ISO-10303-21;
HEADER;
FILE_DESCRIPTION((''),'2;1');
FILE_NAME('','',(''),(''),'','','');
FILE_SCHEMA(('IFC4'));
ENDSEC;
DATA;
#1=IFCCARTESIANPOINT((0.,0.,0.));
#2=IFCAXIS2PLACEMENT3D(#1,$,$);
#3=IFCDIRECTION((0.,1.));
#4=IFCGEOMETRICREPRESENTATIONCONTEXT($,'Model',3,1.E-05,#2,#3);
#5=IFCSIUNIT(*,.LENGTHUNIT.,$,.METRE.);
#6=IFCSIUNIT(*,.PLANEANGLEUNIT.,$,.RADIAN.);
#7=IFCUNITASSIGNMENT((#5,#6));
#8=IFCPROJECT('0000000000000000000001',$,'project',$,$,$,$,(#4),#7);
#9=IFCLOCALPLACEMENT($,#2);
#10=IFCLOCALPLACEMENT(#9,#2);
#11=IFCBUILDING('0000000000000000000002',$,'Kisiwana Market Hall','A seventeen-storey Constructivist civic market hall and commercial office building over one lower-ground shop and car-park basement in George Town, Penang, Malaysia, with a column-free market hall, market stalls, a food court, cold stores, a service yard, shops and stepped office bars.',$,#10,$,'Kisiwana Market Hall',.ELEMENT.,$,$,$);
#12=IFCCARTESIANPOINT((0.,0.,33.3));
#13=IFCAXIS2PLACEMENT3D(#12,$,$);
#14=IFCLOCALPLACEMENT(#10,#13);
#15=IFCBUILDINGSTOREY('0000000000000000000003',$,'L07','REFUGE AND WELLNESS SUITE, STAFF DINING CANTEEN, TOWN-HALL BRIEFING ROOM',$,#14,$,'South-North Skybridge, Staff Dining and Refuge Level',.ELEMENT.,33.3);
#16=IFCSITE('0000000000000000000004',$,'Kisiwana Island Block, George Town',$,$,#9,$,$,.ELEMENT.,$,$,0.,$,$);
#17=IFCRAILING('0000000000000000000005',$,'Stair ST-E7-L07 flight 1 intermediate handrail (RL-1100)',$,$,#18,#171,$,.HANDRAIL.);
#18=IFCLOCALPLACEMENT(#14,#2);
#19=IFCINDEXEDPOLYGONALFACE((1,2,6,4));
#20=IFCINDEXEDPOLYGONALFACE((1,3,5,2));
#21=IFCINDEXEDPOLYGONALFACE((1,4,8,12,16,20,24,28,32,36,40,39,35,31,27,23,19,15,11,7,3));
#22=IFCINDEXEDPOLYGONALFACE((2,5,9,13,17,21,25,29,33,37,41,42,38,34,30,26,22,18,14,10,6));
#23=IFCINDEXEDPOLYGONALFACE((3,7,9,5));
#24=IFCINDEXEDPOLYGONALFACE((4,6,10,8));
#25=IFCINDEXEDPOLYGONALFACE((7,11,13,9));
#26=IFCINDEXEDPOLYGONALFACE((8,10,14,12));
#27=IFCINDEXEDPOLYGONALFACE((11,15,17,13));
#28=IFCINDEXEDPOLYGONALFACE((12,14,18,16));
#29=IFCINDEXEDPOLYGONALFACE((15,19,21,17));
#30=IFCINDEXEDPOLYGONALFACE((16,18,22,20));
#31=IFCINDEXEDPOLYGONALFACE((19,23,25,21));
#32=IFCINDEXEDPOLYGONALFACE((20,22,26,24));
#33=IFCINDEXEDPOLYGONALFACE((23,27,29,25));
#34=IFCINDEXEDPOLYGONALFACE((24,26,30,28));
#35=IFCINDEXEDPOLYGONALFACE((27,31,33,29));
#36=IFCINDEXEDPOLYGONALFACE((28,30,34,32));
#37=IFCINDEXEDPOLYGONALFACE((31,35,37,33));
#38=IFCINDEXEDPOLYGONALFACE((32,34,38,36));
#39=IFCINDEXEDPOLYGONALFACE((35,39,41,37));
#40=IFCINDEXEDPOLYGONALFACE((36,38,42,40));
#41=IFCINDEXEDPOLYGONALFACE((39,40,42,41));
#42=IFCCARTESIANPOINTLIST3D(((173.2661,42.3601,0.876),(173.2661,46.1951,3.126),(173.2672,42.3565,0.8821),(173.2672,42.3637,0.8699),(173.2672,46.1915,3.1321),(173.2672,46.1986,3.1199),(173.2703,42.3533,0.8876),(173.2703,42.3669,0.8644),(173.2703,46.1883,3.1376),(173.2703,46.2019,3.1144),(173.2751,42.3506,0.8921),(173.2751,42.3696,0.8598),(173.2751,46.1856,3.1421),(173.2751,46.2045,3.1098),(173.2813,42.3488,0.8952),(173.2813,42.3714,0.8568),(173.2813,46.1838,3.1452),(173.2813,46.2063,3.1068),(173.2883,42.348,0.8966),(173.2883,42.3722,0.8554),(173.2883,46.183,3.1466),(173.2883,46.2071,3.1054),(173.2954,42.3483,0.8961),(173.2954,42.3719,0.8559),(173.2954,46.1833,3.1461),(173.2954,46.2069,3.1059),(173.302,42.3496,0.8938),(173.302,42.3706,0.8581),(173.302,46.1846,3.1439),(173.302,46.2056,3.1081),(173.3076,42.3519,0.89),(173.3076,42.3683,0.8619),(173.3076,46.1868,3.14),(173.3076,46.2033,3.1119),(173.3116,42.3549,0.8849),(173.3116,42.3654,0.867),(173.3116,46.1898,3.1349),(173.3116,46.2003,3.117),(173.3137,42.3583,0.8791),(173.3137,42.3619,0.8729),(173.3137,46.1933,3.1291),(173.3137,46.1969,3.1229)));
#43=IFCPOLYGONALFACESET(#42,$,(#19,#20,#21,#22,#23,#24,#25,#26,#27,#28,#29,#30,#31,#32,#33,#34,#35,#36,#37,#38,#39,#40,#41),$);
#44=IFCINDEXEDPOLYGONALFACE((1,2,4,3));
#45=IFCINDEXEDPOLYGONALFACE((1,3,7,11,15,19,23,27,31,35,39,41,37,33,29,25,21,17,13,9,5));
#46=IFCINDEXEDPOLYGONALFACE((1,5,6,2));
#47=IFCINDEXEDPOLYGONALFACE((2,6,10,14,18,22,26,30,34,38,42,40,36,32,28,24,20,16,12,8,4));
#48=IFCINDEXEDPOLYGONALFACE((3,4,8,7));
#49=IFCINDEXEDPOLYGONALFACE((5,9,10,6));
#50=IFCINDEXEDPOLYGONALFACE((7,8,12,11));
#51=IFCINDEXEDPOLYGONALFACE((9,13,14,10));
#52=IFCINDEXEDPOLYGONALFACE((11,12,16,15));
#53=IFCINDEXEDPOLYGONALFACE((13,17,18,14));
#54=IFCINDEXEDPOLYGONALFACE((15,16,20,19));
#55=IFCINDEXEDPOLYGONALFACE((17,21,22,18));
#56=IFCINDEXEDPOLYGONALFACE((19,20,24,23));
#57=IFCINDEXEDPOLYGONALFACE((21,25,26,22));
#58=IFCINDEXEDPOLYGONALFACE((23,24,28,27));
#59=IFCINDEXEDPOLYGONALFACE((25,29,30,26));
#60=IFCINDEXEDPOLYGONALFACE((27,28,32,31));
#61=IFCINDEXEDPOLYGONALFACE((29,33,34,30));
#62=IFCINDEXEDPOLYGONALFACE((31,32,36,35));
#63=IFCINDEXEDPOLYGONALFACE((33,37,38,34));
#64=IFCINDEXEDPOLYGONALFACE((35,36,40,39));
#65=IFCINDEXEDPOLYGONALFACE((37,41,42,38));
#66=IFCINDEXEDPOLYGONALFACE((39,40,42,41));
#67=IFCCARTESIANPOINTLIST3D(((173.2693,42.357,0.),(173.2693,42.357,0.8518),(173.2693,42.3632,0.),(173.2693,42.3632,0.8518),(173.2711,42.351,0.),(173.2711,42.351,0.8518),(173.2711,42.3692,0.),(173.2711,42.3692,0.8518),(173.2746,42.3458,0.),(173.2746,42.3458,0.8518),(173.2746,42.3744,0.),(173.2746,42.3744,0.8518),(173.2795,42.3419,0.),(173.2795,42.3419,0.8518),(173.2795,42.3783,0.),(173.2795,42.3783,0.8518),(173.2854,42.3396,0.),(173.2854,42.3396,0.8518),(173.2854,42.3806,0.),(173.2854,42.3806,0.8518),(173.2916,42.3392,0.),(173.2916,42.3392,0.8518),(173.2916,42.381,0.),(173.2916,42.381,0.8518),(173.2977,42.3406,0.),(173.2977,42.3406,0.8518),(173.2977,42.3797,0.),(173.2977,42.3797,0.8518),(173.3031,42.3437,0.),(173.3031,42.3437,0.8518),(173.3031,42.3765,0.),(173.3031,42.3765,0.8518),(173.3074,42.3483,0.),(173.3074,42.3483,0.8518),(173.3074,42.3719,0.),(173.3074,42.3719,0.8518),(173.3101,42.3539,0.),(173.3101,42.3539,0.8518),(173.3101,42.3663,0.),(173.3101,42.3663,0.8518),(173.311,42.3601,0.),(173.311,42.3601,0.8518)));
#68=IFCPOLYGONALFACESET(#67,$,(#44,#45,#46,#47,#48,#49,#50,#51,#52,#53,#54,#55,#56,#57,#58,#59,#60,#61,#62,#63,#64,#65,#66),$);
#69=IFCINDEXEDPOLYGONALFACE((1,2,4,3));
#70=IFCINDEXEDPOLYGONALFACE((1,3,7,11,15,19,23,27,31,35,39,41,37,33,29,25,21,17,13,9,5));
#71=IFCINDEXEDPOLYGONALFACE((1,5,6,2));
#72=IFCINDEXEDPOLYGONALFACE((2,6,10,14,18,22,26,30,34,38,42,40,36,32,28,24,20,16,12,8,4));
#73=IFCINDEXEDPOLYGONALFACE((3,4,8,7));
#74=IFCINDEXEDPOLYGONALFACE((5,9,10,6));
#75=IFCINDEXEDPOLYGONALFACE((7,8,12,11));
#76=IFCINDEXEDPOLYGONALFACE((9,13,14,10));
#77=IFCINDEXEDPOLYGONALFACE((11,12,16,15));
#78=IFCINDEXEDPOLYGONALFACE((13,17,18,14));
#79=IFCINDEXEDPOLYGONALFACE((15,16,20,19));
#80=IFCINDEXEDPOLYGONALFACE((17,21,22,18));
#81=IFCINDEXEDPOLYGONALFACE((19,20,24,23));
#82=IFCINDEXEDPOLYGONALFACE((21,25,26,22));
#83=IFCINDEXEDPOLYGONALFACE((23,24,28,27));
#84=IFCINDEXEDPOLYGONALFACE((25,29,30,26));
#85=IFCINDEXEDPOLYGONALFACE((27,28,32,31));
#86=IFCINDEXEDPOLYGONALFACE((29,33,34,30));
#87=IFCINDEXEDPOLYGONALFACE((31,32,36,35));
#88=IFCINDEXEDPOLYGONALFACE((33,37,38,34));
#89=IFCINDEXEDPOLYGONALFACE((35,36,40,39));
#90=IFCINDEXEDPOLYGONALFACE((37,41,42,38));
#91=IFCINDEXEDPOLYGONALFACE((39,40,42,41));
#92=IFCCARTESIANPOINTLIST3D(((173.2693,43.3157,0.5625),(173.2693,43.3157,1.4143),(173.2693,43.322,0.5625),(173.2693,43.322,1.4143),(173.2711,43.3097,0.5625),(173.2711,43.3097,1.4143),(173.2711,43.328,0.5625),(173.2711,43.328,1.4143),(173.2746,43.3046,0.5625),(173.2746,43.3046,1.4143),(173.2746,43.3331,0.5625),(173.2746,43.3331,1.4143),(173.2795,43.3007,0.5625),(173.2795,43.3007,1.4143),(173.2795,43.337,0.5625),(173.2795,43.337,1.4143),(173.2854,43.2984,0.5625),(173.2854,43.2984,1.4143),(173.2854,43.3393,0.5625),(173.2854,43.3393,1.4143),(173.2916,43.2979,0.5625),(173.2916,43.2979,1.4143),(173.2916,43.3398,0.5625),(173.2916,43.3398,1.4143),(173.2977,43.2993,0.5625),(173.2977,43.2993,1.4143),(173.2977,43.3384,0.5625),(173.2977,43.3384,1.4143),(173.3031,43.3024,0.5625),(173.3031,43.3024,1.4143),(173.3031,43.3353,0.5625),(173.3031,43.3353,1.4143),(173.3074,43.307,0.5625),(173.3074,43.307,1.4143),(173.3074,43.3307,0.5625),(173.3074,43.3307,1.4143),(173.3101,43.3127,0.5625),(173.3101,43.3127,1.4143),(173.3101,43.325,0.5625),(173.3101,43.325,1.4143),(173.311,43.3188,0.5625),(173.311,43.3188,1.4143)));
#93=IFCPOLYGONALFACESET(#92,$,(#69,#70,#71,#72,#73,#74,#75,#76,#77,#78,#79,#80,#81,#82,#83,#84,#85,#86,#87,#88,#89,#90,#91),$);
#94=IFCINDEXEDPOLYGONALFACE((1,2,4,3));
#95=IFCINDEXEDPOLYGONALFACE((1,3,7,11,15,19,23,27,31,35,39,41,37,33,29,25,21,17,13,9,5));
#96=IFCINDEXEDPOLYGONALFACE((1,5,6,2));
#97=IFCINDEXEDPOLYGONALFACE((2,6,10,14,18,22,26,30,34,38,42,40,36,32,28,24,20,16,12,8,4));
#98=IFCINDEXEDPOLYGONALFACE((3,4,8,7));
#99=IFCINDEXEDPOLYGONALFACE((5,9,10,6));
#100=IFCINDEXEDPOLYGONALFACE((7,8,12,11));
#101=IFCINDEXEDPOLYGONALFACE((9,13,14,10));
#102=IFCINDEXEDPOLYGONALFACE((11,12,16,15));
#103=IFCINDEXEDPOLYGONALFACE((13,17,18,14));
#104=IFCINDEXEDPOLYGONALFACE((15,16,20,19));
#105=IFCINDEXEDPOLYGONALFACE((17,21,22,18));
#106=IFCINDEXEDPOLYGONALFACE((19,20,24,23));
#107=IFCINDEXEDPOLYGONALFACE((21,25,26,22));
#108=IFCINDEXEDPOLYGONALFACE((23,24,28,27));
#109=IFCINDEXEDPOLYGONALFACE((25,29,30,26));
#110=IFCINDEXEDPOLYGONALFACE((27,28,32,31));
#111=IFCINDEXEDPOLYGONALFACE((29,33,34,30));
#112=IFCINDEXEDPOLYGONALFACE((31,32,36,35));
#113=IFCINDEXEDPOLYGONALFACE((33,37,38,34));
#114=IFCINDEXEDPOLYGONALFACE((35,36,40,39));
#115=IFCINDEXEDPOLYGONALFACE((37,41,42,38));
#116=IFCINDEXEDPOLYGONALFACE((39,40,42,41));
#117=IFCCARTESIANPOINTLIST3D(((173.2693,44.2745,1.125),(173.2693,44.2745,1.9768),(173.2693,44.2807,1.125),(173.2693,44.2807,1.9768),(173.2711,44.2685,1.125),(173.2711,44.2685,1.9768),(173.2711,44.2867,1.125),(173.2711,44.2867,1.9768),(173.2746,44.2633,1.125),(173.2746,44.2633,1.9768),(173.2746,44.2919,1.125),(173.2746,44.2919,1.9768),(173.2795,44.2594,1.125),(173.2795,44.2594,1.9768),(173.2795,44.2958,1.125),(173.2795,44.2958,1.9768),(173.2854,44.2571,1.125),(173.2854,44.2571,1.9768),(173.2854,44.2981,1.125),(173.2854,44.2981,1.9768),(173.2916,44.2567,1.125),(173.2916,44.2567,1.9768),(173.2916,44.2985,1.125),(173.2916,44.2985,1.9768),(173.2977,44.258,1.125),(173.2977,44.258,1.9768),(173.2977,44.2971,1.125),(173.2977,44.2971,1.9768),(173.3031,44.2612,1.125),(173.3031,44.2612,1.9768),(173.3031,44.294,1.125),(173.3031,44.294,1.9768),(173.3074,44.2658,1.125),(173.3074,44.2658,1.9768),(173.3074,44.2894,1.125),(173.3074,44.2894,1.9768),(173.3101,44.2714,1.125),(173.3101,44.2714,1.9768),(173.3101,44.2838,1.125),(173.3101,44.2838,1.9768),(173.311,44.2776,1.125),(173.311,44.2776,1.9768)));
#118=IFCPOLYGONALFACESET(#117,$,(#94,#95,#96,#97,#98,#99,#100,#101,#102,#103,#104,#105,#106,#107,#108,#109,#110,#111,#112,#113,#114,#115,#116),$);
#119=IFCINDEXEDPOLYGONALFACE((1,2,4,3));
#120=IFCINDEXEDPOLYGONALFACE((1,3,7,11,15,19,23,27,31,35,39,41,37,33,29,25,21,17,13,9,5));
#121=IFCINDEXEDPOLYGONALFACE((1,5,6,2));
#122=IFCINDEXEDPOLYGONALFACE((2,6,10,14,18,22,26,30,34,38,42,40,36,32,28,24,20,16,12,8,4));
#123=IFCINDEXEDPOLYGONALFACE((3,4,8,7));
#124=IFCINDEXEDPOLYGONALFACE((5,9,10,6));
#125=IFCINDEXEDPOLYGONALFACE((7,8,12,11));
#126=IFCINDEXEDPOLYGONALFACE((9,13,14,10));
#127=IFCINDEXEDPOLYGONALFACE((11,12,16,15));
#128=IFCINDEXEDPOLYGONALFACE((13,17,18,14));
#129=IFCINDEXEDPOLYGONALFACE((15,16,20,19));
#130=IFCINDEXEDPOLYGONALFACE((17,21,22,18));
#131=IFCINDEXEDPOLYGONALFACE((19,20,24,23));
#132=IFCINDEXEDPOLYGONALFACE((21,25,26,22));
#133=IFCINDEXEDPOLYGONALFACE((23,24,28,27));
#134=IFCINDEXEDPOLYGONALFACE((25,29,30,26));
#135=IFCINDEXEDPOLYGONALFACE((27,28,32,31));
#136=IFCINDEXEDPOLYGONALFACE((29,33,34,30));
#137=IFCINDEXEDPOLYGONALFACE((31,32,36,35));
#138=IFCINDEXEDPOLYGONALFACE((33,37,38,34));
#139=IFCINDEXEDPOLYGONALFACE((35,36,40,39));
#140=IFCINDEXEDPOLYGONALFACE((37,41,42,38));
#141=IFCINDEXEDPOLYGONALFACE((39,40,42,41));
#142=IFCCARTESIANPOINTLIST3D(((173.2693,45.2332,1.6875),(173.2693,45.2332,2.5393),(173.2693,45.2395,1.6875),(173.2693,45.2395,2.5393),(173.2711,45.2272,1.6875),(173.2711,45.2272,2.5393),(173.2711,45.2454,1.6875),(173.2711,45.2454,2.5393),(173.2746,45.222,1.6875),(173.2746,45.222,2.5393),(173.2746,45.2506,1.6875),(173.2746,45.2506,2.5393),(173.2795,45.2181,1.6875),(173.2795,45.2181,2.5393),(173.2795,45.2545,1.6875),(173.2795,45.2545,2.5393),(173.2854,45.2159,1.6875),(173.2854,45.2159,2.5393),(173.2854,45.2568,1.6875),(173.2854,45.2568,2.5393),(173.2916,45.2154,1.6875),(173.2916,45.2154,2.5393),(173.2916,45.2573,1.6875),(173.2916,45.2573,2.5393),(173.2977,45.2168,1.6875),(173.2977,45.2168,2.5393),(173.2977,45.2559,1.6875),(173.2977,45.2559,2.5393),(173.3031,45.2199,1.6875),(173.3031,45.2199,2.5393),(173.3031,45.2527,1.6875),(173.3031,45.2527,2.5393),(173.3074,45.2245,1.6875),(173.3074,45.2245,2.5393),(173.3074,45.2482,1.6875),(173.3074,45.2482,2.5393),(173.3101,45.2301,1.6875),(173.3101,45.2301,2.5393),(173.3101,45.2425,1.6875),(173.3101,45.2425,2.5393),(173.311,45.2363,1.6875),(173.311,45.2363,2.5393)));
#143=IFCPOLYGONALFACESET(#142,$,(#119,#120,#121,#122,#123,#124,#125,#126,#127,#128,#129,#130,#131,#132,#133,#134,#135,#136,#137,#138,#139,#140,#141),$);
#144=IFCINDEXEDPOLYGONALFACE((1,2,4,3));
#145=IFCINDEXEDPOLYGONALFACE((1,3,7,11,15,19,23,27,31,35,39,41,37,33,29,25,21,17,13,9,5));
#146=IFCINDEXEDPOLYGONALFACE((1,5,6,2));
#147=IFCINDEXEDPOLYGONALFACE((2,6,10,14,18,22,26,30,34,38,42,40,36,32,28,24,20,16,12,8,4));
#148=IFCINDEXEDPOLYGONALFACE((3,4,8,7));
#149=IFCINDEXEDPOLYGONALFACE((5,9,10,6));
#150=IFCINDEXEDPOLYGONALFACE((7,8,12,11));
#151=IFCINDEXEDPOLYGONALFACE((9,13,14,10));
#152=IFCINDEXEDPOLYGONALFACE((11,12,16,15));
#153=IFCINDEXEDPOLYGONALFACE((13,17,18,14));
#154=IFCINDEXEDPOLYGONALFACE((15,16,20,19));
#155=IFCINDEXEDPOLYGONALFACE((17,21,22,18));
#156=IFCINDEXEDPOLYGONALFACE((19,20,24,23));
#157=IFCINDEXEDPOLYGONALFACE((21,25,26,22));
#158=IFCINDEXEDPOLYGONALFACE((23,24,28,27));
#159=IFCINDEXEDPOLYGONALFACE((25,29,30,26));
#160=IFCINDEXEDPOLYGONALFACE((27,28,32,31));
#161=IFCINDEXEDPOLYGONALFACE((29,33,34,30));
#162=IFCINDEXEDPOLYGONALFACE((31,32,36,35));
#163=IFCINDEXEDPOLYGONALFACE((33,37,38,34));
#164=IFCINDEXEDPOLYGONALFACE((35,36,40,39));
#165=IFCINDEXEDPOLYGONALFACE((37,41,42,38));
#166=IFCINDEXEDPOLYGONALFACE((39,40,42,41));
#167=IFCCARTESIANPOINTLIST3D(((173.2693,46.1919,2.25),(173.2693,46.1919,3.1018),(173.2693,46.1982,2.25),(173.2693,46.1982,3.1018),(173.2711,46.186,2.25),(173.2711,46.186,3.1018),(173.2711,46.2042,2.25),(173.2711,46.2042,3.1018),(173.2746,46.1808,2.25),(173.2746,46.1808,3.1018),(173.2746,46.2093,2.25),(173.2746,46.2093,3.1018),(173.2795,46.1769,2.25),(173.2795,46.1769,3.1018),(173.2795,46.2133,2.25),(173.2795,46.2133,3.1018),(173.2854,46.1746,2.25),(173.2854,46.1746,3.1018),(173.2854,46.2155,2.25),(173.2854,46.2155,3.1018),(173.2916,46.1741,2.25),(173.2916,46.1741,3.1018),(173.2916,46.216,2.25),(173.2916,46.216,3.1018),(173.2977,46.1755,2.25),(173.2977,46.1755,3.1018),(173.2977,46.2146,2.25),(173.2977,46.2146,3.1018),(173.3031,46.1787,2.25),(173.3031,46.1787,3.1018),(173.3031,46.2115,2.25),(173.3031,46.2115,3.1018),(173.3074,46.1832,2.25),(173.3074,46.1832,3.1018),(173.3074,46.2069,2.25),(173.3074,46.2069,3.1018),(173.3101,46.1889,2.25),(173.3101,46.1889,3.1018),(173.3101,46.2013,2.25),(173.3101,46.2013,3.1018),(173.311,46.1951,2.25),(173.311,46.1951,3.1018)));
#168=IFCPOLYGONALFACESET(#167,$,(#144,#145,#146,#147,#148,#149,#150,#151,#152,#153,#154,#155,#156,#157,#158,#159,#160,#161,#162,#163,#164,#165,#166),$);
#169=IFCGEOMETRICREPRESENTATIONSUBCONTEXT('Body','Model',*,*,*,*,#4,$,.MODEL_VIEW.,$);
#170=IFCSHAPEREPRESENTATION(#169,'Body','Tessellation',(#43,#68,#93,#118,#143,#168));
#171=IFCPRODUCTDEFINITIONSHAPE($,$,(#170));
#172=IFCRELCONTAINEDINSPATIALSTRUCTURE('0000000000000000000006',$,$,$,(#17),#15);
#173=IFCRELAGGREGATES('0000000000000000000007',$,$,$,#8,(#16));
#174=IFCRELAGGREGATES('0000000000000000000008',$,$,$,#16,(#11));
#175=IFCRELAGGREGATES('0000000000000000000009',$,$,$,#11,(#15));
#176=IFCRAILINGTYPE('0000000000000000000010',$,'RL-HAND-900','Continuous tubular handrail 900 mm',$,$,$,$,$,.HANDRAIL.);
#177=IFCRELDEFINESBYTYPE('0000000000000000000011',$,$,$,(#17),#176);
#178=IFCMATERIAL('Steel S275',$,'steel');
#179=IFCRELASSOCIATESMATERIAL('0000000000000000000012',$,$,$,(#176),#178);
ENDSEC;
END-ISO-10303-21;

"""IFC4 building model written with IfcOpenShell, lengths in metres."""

from ifc_helpers import new_model, si_unit, direction, frame, origin, origin_2d, place, context, subcontext, project, spatial, circle, extrude, material, type_object, element, save


model = new_model("IFC4")

# Units and contexts
model_context = context("Model", 3, precision=1e-05, world=origin(), true_north=direction((0.0, 1.0)))
body_context = subcontext(model_context, "Body", "Model", "MODEL_VIEW")
ifc_project = project(units=[si_unit("LENGTHUNIT", "METRE"), si_unit("PLANEANGLEUNIT", "RADIAN")], contexts=[model_context])

# Site, building, storey
site_placement = place(None, origin())
site = spatial("IfcSite", under=ifc_project, at=site_placement, Name="Kisiwana Island Block, George Town", CompositionType="ELEMENT", RefElevation=0.0)
building_placement = place(site_placement, origin())
building = spatial("IfcBuilding", under=site, at=building_placement, Name="Kisiwana Market Hall", Description="A seventeen-storey Constructivist civic market hall and commercial office building over one lower-ground shop and car-park basement in George Town, Penang, Malaysia, with a column-free market hall, market stalls, a food court, cold stores, a service yard, shops and stepped office bars.", LongName="Kisiwana Market Hall", CompositionType="ELEMENT")
storey_placement = place(building_placement, frame((0.0, 0.0, 33.3)))
storey = spatial("IfcBuildingStorey", under=building, at=storey_placement, Name="L07", Description="REFUGE AND WELLNESS SUITE, STAFF DINING CANTEEN, TOWN-HALL BRIEFING ROOM", LongName="South-North Skybridge, Staff Dining and Refuge Level", CompositionType="ELEMENT", Elevation=33.3)

# Railing
ifc_material_1 = material(Name="Steel S275", Category="steel")
railing_type_1 = type_object("IfcRailingType", Name="RL-HAND-900", Description="Continuous tubular handrail 900 mm", PredefinedType="HANDRAIL", material=ifc_material_1)
railing_1_placement = place(storey_placement, frame((173.29, 42.3601, 0.0)))
element("IfcRailing", 1, at=railing_1_placement, inside=storey, type_object=railing_type_1, Name="Stair ST-E7-L07 flight 1 intermediate handrail (RL-1100)", PredefinedType="HANDRAIL", context=body_context, shape_type="SweptSolid", body=[
    extrude(circle(Radius=0.0239, at=origin_2d()), frame((0.0, 0.0, 0.876), z_axis=(0.0, 0.86251, 0.506041), x_axis=(-1.0, 0.0, 0.0)), (0.0, 0.0, 1.0), 4.4463),
    extrude(circle(Radius=0.021, at=origin_2d()), origin(), (0.0, 0.0, 1.0), 0.8518),
    extrude(circle(Radius=0.021, at=origin_2d()), frame((0.0, 0.9587, 0.5625)), (0.0, 0.0, 1.0), 0.8518),
    extrude(circle(Radius=0.021, at=origin_2d()), frame((0.0, 1.9175, 1.125)), (0.0, 0.0, 1.0), 0.8518),
    extrude(circle(Radius=0.021, at=origin_2d()), frame((0.0, 2.8762, 1.6875)), (0.0, 0.0, 1.0), 0.8518),
    extrude(circle(Radius=0.021, at=origin_2d()), frame((0.0, 3.835, 2.25)), (0.0, 0.0, 1.0), 0.8518),
])

save(model, "model.ifc")
